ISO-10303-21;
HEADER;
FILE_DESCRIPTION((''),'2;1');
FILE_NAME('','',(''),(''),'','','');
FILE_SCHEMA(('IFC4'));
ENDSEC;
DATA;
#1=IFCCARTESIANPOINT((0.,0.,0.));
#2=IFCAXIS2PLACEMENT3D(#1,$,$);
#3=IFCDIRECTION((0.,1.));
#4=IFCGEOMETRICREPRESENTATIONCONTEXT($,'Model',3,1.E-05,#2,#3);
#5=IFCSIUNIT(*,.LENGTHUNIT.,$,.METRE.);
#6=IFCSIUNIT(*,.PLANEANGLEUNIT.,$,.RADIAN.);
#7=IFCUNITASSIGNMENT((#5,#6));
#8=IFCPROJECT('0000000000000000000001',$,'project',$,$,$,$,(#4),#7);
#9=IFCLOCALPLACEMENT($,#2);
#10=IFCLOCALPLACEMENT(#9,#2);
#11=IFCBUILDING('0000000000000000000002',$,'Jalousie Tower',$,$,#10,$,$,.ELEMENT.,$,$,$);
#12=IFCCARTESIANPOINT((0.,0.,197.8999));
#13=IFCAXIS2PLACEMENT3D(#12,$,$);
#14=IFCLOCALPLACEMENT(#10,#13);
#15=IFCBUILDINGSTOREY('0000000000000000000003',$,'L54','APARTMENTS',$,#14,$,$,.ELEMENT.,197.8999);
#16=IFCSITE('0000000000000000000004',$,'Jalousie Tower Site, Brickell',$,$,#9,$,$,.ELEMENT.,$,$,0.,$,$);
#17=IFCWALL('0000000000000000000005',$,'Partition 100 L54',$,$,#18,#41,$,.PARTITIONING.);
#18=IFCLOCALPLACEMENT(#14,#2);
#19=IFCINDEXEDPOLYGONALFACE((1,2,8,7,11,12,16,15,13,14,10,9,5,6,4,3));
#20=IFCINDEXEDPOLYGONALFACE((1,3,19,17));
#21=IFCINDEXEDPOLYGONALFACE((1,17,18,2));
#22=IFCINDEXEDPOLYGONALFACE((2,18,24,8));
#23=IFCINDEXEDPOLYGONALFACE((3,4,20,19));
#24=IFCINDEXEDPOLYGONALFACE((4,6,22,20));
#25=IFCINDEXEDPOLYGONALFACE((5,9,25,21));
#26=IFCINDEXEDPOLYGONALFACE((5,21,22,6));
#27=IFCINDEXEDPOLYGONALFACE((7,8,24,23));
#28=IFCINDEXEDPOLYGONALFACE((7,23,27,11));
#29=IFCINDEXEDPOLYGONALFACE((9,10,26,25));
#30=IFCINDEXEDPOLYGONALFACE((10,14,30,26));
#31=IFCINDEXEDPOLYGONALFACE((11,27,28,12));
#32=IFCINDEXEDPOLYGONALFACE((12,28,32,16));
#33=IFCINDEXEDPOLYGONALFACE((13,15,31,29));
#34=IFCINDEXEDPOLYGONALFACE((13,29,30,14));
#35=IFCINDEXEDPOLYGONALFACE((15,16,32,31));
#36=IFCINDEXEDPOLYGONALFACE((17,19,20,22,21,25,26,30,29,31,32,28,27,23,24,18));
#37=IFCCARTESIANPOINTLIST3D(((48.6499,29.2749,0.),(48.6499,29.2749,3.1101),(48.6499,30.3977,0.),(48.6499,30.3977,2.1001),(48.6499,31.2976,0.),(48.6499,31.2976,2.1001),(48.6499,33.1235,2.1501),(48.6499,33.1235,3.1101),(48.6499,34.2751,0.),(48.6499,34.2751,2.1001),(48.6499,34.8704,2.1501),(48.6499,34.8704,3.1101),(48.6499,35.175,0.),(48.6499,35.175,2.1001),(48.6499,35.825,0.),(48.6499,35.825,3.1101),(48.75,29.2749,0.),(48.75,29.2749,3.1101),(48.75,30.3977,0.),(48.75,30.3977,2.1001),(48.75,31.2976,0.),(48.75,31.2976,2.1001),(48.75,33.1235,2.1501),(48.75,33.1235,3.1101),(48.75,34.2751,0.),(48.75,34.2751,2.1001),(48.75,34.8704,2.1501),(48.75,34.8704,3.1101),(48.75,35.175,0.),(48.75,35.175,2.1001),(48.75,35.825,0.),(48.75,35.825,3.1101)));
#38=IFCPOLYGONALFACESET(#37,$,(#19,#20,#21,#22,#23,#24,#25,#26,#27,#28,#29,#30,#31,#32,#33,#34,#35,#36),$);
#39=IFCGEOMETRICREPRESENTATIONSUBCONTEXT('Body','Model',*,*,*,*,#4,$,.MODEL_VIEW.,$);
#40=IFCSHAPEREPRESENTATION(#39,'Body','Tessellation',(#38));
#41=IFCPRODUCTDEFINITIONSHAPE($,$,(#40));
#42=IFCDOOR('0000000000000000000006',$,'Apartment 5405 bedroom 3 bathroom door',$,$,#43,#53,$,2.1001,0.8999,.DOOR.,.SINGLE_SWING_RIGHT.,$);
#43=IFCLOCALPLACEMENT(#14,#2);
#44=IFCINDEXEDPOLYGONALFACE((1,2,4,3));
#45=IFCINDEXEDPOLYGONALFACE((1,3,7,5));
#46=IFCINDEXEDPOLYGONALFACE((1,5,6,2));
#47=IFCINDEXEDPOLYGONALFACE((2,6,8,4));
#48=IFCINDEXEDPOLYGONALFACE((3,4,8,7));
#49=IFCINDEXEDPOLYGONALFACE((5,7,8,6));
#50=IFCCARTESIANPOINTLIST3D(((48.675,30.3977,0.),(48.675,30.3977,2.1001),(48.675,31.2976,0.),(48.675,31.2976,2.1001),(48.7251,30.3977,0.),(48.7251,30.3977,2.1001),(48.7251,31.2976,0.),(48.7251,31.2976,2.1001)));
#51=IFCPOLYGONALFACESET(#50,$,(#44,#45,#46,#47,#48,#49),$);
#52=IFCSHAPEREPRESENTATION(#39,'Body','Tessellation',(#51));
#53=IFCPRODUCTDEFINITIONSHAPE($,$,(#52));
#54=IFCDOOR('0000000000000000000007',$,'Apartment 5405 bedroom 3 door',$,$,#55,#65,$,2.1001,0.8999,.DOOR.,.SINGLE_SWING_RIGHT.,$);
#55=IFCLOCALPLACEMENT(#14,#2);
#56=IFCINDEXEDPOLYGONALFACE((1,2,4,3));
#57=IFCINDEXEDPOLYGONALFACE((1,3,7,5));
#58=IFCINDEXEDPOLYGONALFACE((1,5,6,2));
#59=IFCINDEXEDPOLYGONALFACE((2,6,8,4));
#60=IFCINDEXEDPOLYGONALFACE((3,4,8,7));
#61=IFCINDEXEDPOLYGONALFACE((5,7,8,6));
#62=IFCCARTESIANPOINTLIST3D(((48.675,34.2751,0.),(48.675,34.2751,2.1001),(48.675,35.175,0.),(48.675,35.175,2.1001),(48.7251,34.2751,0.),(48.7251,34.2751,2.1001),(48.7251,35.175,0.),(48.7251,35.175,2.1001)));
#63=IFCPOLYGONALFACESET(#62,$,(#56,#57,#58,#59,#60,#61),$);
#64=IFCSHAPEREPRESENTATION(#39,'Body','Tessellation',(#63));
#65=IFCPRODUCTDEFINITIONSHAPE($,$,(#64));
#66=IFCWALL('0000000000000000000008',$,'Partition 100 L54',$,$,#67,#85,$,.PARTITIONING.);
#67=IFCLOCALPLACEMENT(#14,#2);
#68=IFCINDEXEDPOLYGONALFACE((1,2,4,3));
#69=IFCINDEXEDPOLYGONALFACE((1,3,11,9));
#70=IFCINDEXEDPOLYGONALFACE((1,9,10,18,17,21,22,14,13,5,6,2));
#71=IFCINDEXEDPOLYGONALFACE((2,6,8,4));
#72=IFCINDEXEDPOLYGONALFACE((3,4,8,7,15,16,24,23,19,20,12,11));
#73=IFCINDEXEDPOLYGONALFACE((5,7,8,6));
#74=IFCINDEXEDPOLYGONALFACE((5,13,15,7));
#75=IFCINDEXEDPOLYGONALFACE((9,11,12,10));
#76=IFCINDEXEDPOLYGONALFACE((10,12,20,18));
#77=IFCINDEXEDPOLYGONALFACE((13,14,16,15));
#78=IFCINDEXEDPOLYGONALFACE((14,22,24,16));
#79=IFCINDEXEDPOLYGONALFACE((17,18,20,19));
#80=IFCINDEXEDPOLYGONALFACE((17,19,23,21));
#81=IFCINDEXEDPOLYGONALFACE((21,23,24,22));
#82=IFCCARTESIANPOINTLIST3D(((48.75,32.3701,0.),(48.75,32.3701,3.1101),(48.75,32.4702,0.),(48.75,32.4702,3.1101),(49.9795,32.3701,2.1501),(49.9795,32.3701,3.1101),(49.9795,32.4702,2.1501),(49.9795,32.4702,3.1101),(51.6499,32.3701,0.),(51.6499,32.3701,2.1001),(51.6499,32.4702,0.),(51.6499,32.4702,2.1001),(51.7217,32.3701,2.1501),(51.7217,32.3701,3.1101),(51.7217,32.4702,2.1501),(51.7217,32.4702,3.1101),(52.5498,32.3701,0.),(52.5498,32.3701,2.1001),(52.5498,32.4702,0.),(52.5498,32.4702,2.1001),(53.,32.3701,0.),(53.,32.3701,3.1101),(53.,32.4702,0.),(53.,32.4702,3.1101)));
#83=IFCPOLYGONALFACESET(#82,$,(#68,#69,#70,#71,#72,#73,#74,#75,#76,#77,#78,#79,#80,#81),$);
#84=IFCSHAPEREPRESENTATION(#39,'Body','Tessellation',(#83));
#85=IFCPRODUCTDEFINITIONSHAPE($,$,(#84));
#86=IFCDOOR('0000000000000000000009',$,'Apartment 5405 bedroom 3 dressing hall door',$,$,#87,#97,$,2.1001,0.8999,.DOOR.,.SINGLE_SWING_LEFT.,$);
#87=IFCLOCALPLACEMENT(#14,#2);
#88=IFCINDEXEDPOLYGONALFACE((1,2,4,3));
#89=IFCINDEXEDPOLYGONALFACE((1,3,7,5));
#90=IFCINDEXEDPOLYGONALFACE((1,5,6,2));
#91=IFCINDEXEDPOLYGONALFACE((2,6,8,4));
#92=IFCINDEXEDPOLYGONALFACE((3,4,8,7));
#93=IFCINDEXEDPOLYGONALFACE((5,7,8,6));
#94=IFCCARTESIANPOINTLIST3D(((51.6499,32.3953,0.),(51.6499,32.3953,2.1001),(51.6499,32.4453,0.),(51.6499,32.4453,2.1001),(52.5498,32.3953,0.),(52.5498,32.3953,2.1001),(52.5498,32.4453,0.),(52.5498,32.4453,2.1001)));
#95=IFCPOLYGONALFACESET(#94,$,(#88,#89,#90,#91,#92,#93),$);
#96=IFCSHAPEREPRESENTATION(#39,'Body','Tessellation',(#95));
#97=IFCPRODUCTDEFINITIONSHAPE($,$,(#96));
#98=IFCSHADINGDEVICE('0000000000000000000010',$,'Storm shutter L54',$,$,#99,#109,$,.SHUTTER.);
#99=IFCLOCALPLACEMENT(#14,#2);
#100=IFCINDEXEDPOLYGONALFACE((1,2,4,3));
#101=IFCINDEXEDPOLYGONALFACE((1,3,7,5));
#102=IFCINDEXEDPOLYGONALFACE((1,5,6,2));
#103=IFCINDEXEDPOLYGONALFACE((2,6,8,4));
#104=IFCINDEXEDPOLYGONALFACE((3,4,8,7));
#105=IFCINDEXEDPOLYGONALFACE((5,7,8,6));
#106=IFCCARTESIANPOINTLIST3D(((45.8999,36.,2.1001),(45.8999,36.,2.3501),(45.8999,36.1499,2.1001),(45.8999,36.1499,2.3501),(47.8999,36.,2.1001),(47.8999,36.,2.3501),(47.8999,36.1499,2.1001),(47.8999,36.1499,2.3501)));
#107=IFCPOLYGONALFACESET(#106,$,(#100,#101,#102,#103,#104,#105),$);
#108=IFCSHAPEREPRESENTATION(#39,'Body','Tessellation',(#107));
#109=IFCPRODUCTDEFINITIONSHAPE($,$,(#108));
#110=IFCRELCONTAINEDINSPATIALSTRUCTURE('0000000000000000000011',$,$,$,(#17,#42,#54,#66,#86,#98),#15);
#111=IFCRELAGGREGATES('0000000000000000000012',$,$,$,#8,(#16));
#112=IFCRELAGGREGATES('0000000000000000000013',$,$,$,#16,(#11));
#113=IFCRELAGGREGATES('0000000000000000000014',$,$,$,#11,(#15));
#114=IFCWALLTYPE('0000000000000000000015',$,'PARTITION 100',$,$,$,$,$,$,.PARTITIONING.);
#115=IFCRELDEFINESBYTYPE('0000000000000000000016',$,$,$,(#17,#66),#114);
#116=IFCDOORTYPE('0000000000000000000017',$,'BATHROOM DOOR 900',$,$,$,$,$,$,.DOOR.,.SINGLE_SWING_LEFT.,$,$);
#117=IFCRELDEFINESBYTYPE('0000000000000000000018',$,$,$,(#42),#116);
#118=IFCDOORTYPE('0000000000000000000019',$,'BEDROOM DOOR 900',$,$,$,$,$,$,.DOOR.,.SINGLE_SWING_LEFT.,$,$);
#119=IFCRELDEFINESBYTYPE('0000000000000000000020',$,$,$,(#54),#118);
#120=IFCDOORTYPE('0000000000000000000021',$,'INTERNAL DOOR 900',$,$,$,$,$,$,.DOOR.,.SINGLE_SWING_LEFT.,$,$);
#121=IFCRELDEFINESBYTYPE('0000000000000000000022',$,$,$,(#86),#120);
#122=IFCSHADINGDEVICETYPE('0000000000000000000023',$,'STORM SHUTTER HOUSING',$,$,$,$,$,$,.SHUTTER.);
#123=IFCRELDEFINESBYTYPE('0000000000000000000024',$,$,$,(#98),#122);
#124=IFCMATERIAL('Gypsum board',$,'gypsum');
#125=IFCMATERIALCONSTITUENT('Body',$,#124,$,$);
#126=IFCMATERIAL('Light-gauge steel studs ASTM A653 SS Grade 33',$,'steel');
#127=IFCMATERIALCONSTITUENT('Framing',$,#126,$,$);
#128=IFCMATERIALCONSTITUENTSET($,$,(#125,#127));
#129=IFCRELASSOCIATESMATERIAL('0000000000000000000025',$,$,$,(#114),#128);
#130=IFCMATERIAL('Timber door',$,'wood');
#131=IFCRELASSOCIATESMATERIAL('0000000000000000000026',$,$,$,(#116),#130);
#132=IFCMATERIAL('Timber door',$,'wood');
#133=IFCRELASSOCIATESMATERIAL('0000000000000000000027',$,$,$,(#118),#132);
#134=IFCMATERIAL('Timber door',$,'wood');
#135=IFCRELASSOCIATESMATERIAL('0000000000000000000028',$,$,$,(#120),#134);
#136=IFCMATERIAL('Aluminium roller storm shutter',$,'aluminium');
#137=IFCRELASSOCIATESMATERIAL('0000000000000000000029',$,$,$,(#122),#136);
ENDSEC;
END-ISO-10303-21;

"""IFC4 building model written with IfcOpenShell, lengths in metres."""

from ifc_helpers import new_model, si_unit, direction, frame, frame_2d, origin, origin_2d, place, context, subcontext, project, spatial, polyline, rectangle, outline, extrude, material, constituent, constituent_set, type_object, element, fill, save


model = new_model("IFC4")

# Units and contexts
model_context = context("Model", 3, precision=1e-05, world=origin(), true_north=direction((0.0, 1.0)))
body_context = subcontext(model_context, "Body", "Model", "MODEL_VIEW")
ifc_project = project(units=[si_unit("LENGTHUNIT", "METRE"), si_unit("PLANEANGLEUNIT", "RADIAN")], contexts=[model_context])

# Site, building, storey
site_placement = place(None, origin())
site = spatial("IfcSite", under=ifc_project, at=site_placement, Name="Jalousie Tower Site, Brickell", CompositionType="ELEMENT", RefElevation=0.0)
building_placement = place(site_placement, origin())
building = spatial("IfcBuilding", under=site, at=building_placement, Name="Jalousie Tower", CompositionType="ELEMENT")
storey_placement = place(building_placement, frame((0.0, 0.0, 197.8999)))
storey = spatial("IfcBuildingStorey", under=building, at=storey_placement, Name="L54", Description="APARTMENTS", CompositionType="ELEMENT", Elevation=197.8999)

# Wall, openings, doors
ifc_material_1 = material(Name="Gypsum board", Category="gypsum")
ifc_constituent_1 = constituent(ifc_material_1, Name="Body")
ifc_material_2 = material(Name="Light-gauge steel studs ASTM A653 SS Grade 33", Category="steel")
ifc_constituent_2 = constituent(ifc_material_2, Name="Framing")
ifc_constituent_set_1 = constituent_set(constituents=[ifc_constituent_1, ifc_constituent_2])
wall_type_1 = type_object("IfcWallType", Name="PARTITION 100", PredefinedType="PARTITIONING", material=ifc_constituent_set_1)
wall_1_placement = place(storey_placement, frame((48.7, 35.825, 0.0), z_axis=(0.0, 0.0, 1.0), x_axis=(0.0, -1.0, 0.0)))
wall_1 = element("IfcWall", 1, at=wall_1_placement, inside=storey, type_object=wall_type_1, Name="Partition 100 L54", PredefinedType="PARTITIONING", context=body_context, shape_type="SweptSolid", body=[
    extrude(outline(polyline([(0.0, 0.0), (6.55, 0.0), (6.55, 3.1101), (2.7014, 3.1101), (2.7014, 2.1501), (0.9546, 2.1501), (0.9546, 3.1101), (0.0, 3.1101), (0.0, 0.0)])), frame((0.0, 0.05, 0.0), z_axis=(0.0, -1.0, 0.0), x_axis=(1.0, 0.0, 0.0)), (0.0, 0.0, 1.0), 0.1001),
])
opening_1_placement = place(wall_1_placement, frame((0.6499, 0.0, 0.0)))
opening_1 = element("IfcOpeningElement", 2, at=opening_1_placement, cuts=wall_1, PredefinedType="OPENING", context=body_context, shape_type="SweptSolid", body=[
    extrude(rectangle(XDim=0.8999, YDim=2.1001, at=frame_2d((0.45, 1.05))), frame((0.0, 0.0601, 0.0), z_axis=(0.0, -1.0, 0.0), x_axis=(1.0, 0.0, 0.0)), (0.0, 0.0, 1.0), 0.1201),
])
opening_2_placement = place(wall_1_placement, frame((4.5273, 0.0, 0.0)))
opening_2 = element("IfcOpeningElement", 3, at=opening_2_placement, cuts=wall_1, PredefinedType="OPENING", context=body_context, shape_type="SweptSolid", body=[
    extrude(rectangle(XDim=0.8999, YDim=2.1001, at=frame_2d((0.45, 1.05))), frame((0.0, 0.0601, 0.0), z_axis=(0.0, -1.0, 0.0), x_axis=(1.0, 0.0, 0.0)), (0.0, 0.0, 1.0), 0.1201),
])
ifc_material_3 = material(Name="Timber door", Category="wood")
door_type_1 = type_object("IfcDoorType", Name="BATHROOM DOOR 900", OperationType="SINGLE_SWING_LEFT", PredefinedType="DOOR", material=ifc_material_3)
door_1_placement = place(opening_2_placement, frame((0.8999, 0.0, 0.0), z_axis=(0.0, 0.0, 1.0), x_axis=(-1.0, 0.0, 0.0)))
door_1 = element("IfcDoor", 4, at=door_1_placement, inside=storey, type_object=door_type_1, Name="Apartment 5405 bedroom 3 bathroom door", OperationType="SINGLE_SWING_RIGHT", OverallHeight=2.1001, OverallWidth=0.8999, PredefinedType="DOOR", context=body_context, shape_type="SweptSolid", body=[
    extrude(rectangle(XDim=0.8999, YDim=2.1001, at=frame_2d((0.45, 1.05))), frame((0.0, 0.0249, 0.0), z_axis=(0.0, -1.0, 0.0), x_axis=(1.0, 0.0, 0.0)), (0.0, 0.0, 1.0), 0.05),
])
fill(opening_2, door_1)
ifc_material_4 = material(Name="Timber door", Category="wood")
door_type_2 = type_object("IfcDoorType", Name="BEDROOM DOOR 900", OperationType="SINGLE_SWING_LEFT", PredefinedType="DOOR", material=ifc_material_4)
door_2_placement = place(opening_1_placement, frame((0.8999, 0.0, 0.0), z_axis=(0.0, 0.0, 1.0), x_axis=(-1.0, 0.0, 0.0)))
door_2 = element("IfcDoor", 5, at=door_2_placement, inside=storey, type_object=door_type_2, Name="Apartment 5405 bedroom 3 door", OperationType="SINGLE_SWING_RIGHT", OverallHeight=2.1001, OverallWidth=0.8999, PredefinedType="DOOR", context=body_context, shape_type="SweptSolid", body=[
    extrude(rectangle(XDim=0.8999, YDim=2.1001, at=frame_2d((0.45, 1.05))), frame((0.0, 0.0249, 0.0), z_axis=(0.0, -1.0, 0.0), x_axis=(1.0, 0.0, 0.0)), (0.0, 0.0, 1.0), 0.05),
])
fill(opening_1, door_2)

# Wall, opening, door
wall_2_placement = place(storey_placement, frame((48.75, 32.4202, 0.0), z_axis=(0.0, 0.0, 1.0), x_axis=(1.0, 0.0, 0.0)))
wall_2 = element("IfcWall", 6, at=wall_2_placement, inside=storey, type_object=wall_type_1, Name="Partition 100 L54", PredefinedType="PARTITIONING", context=body_context, shape_type="SweptSolid", body=[
    extrude(outline(polyline([(0.0, 0.0), (4.25, 0.0), (4.25, 3.1101), (2.9717, 3.1101), (2.9717, 2.1501), (1.2295, 2.1501), (1.2295, 3.1101), (0.0, 3.1101), (0.0, 0.0)])), frame((0.0, 0.05, 0.0), z_axis=(0.0, -1.0, 0.0), x_axis=(1.0, 0.0, 0.0)), (0.0, 0.0, 1.0), 0.1001),
])
opening_3_placement = place(wall_2_placement, frame((2.8999, 0.0, 0.0)))
opening_3 = element("IfcOpeningElement", 7, at=opening_3_placement, cuts=wall_2, PredefinedType="OPENING", context=body_context, shape_type="SweptSolid", body=[
    extrude(rectangle(XDim=0.8999, YDim=2.1001, at=frame_2d((0.45, 1.05))), frame((0.0, 0.0601, 0.0), z_axis=(0.0, -1.0, 0.0), x_axis=(1.0, 0.0, 0.0)), (0.0, 0.0, 1.0), 0.1201),
])
ifc_material_5 = material(Name="Timber door", Category="wood")
door_type_3 = type_object("IfcDoorType", Name="INTERNAL DOOR 900", OperationType="SINGLE_SWING_LEFT", PredefinedType="DOOR", material=ifc_material_5)
door_3_placement = place(opening_3_placement, frame((0.8999, 0.0, 0.0), z_axis=(0.0, 0.0, 1.0), x_axis=(-1.0, 0.0, 0.0)))
door_3 = element("IfcDoor", 8, at=door_3_placement, inside=storey, type_object=door_type_3, Name="Apartment 5405 bedroom 3 dressing hall door", OperationType="SINGLE_SWING_LEFT", OverallHeight=2.1001, OverallWidth=0.8999, PredefinedType="DOOR", context=body_context, shape_type="SweptSolid", body=[
    extrude(rectangle(XDim=0.8999, YDim=2.1001, at=frame_2d((0.45, 1.05))), frame((0.0, 0.0249, 0.0), z_axis=(0.0, -1.0, 0.0), x_axis=(1.0, 0.0, 0.0)), (0.0, 0.0, 1.0), 0.05),
])
fill(opening_3, door_3)

# Shading device
ifc_material_6 = material(Name="Aluminium roller storm shutter", Category="aluminium")
shading_device_type = type_object("IfcShadingDeviceType", Name="STORM SHUTTER HOUSING", PredefinedType="SHUTTER", material=ifc_material_6)
shading_device_placement = place(storey_placement, frame((46.8999, 36.075, 2.1001), z_axis=(0.0, 0.0, 1.0), x_axis=(-1.0, 0.0, 0.0)))
element("IfcShadingDevice", 9, at=shading_device_placement, inside=storey, type_object=shading_device_type, Name="Storm shutter L54", PredefinedType="SHUTTER", context=body_context, shape_type="SweptSolid", body=[
    extrude(rectangle(XDim=2.0, YDim=0.1499, at=origin_2d()), origin(), (0.0, 0.0, 1.0), 0.25),
])

save(model, "model.ifc")
